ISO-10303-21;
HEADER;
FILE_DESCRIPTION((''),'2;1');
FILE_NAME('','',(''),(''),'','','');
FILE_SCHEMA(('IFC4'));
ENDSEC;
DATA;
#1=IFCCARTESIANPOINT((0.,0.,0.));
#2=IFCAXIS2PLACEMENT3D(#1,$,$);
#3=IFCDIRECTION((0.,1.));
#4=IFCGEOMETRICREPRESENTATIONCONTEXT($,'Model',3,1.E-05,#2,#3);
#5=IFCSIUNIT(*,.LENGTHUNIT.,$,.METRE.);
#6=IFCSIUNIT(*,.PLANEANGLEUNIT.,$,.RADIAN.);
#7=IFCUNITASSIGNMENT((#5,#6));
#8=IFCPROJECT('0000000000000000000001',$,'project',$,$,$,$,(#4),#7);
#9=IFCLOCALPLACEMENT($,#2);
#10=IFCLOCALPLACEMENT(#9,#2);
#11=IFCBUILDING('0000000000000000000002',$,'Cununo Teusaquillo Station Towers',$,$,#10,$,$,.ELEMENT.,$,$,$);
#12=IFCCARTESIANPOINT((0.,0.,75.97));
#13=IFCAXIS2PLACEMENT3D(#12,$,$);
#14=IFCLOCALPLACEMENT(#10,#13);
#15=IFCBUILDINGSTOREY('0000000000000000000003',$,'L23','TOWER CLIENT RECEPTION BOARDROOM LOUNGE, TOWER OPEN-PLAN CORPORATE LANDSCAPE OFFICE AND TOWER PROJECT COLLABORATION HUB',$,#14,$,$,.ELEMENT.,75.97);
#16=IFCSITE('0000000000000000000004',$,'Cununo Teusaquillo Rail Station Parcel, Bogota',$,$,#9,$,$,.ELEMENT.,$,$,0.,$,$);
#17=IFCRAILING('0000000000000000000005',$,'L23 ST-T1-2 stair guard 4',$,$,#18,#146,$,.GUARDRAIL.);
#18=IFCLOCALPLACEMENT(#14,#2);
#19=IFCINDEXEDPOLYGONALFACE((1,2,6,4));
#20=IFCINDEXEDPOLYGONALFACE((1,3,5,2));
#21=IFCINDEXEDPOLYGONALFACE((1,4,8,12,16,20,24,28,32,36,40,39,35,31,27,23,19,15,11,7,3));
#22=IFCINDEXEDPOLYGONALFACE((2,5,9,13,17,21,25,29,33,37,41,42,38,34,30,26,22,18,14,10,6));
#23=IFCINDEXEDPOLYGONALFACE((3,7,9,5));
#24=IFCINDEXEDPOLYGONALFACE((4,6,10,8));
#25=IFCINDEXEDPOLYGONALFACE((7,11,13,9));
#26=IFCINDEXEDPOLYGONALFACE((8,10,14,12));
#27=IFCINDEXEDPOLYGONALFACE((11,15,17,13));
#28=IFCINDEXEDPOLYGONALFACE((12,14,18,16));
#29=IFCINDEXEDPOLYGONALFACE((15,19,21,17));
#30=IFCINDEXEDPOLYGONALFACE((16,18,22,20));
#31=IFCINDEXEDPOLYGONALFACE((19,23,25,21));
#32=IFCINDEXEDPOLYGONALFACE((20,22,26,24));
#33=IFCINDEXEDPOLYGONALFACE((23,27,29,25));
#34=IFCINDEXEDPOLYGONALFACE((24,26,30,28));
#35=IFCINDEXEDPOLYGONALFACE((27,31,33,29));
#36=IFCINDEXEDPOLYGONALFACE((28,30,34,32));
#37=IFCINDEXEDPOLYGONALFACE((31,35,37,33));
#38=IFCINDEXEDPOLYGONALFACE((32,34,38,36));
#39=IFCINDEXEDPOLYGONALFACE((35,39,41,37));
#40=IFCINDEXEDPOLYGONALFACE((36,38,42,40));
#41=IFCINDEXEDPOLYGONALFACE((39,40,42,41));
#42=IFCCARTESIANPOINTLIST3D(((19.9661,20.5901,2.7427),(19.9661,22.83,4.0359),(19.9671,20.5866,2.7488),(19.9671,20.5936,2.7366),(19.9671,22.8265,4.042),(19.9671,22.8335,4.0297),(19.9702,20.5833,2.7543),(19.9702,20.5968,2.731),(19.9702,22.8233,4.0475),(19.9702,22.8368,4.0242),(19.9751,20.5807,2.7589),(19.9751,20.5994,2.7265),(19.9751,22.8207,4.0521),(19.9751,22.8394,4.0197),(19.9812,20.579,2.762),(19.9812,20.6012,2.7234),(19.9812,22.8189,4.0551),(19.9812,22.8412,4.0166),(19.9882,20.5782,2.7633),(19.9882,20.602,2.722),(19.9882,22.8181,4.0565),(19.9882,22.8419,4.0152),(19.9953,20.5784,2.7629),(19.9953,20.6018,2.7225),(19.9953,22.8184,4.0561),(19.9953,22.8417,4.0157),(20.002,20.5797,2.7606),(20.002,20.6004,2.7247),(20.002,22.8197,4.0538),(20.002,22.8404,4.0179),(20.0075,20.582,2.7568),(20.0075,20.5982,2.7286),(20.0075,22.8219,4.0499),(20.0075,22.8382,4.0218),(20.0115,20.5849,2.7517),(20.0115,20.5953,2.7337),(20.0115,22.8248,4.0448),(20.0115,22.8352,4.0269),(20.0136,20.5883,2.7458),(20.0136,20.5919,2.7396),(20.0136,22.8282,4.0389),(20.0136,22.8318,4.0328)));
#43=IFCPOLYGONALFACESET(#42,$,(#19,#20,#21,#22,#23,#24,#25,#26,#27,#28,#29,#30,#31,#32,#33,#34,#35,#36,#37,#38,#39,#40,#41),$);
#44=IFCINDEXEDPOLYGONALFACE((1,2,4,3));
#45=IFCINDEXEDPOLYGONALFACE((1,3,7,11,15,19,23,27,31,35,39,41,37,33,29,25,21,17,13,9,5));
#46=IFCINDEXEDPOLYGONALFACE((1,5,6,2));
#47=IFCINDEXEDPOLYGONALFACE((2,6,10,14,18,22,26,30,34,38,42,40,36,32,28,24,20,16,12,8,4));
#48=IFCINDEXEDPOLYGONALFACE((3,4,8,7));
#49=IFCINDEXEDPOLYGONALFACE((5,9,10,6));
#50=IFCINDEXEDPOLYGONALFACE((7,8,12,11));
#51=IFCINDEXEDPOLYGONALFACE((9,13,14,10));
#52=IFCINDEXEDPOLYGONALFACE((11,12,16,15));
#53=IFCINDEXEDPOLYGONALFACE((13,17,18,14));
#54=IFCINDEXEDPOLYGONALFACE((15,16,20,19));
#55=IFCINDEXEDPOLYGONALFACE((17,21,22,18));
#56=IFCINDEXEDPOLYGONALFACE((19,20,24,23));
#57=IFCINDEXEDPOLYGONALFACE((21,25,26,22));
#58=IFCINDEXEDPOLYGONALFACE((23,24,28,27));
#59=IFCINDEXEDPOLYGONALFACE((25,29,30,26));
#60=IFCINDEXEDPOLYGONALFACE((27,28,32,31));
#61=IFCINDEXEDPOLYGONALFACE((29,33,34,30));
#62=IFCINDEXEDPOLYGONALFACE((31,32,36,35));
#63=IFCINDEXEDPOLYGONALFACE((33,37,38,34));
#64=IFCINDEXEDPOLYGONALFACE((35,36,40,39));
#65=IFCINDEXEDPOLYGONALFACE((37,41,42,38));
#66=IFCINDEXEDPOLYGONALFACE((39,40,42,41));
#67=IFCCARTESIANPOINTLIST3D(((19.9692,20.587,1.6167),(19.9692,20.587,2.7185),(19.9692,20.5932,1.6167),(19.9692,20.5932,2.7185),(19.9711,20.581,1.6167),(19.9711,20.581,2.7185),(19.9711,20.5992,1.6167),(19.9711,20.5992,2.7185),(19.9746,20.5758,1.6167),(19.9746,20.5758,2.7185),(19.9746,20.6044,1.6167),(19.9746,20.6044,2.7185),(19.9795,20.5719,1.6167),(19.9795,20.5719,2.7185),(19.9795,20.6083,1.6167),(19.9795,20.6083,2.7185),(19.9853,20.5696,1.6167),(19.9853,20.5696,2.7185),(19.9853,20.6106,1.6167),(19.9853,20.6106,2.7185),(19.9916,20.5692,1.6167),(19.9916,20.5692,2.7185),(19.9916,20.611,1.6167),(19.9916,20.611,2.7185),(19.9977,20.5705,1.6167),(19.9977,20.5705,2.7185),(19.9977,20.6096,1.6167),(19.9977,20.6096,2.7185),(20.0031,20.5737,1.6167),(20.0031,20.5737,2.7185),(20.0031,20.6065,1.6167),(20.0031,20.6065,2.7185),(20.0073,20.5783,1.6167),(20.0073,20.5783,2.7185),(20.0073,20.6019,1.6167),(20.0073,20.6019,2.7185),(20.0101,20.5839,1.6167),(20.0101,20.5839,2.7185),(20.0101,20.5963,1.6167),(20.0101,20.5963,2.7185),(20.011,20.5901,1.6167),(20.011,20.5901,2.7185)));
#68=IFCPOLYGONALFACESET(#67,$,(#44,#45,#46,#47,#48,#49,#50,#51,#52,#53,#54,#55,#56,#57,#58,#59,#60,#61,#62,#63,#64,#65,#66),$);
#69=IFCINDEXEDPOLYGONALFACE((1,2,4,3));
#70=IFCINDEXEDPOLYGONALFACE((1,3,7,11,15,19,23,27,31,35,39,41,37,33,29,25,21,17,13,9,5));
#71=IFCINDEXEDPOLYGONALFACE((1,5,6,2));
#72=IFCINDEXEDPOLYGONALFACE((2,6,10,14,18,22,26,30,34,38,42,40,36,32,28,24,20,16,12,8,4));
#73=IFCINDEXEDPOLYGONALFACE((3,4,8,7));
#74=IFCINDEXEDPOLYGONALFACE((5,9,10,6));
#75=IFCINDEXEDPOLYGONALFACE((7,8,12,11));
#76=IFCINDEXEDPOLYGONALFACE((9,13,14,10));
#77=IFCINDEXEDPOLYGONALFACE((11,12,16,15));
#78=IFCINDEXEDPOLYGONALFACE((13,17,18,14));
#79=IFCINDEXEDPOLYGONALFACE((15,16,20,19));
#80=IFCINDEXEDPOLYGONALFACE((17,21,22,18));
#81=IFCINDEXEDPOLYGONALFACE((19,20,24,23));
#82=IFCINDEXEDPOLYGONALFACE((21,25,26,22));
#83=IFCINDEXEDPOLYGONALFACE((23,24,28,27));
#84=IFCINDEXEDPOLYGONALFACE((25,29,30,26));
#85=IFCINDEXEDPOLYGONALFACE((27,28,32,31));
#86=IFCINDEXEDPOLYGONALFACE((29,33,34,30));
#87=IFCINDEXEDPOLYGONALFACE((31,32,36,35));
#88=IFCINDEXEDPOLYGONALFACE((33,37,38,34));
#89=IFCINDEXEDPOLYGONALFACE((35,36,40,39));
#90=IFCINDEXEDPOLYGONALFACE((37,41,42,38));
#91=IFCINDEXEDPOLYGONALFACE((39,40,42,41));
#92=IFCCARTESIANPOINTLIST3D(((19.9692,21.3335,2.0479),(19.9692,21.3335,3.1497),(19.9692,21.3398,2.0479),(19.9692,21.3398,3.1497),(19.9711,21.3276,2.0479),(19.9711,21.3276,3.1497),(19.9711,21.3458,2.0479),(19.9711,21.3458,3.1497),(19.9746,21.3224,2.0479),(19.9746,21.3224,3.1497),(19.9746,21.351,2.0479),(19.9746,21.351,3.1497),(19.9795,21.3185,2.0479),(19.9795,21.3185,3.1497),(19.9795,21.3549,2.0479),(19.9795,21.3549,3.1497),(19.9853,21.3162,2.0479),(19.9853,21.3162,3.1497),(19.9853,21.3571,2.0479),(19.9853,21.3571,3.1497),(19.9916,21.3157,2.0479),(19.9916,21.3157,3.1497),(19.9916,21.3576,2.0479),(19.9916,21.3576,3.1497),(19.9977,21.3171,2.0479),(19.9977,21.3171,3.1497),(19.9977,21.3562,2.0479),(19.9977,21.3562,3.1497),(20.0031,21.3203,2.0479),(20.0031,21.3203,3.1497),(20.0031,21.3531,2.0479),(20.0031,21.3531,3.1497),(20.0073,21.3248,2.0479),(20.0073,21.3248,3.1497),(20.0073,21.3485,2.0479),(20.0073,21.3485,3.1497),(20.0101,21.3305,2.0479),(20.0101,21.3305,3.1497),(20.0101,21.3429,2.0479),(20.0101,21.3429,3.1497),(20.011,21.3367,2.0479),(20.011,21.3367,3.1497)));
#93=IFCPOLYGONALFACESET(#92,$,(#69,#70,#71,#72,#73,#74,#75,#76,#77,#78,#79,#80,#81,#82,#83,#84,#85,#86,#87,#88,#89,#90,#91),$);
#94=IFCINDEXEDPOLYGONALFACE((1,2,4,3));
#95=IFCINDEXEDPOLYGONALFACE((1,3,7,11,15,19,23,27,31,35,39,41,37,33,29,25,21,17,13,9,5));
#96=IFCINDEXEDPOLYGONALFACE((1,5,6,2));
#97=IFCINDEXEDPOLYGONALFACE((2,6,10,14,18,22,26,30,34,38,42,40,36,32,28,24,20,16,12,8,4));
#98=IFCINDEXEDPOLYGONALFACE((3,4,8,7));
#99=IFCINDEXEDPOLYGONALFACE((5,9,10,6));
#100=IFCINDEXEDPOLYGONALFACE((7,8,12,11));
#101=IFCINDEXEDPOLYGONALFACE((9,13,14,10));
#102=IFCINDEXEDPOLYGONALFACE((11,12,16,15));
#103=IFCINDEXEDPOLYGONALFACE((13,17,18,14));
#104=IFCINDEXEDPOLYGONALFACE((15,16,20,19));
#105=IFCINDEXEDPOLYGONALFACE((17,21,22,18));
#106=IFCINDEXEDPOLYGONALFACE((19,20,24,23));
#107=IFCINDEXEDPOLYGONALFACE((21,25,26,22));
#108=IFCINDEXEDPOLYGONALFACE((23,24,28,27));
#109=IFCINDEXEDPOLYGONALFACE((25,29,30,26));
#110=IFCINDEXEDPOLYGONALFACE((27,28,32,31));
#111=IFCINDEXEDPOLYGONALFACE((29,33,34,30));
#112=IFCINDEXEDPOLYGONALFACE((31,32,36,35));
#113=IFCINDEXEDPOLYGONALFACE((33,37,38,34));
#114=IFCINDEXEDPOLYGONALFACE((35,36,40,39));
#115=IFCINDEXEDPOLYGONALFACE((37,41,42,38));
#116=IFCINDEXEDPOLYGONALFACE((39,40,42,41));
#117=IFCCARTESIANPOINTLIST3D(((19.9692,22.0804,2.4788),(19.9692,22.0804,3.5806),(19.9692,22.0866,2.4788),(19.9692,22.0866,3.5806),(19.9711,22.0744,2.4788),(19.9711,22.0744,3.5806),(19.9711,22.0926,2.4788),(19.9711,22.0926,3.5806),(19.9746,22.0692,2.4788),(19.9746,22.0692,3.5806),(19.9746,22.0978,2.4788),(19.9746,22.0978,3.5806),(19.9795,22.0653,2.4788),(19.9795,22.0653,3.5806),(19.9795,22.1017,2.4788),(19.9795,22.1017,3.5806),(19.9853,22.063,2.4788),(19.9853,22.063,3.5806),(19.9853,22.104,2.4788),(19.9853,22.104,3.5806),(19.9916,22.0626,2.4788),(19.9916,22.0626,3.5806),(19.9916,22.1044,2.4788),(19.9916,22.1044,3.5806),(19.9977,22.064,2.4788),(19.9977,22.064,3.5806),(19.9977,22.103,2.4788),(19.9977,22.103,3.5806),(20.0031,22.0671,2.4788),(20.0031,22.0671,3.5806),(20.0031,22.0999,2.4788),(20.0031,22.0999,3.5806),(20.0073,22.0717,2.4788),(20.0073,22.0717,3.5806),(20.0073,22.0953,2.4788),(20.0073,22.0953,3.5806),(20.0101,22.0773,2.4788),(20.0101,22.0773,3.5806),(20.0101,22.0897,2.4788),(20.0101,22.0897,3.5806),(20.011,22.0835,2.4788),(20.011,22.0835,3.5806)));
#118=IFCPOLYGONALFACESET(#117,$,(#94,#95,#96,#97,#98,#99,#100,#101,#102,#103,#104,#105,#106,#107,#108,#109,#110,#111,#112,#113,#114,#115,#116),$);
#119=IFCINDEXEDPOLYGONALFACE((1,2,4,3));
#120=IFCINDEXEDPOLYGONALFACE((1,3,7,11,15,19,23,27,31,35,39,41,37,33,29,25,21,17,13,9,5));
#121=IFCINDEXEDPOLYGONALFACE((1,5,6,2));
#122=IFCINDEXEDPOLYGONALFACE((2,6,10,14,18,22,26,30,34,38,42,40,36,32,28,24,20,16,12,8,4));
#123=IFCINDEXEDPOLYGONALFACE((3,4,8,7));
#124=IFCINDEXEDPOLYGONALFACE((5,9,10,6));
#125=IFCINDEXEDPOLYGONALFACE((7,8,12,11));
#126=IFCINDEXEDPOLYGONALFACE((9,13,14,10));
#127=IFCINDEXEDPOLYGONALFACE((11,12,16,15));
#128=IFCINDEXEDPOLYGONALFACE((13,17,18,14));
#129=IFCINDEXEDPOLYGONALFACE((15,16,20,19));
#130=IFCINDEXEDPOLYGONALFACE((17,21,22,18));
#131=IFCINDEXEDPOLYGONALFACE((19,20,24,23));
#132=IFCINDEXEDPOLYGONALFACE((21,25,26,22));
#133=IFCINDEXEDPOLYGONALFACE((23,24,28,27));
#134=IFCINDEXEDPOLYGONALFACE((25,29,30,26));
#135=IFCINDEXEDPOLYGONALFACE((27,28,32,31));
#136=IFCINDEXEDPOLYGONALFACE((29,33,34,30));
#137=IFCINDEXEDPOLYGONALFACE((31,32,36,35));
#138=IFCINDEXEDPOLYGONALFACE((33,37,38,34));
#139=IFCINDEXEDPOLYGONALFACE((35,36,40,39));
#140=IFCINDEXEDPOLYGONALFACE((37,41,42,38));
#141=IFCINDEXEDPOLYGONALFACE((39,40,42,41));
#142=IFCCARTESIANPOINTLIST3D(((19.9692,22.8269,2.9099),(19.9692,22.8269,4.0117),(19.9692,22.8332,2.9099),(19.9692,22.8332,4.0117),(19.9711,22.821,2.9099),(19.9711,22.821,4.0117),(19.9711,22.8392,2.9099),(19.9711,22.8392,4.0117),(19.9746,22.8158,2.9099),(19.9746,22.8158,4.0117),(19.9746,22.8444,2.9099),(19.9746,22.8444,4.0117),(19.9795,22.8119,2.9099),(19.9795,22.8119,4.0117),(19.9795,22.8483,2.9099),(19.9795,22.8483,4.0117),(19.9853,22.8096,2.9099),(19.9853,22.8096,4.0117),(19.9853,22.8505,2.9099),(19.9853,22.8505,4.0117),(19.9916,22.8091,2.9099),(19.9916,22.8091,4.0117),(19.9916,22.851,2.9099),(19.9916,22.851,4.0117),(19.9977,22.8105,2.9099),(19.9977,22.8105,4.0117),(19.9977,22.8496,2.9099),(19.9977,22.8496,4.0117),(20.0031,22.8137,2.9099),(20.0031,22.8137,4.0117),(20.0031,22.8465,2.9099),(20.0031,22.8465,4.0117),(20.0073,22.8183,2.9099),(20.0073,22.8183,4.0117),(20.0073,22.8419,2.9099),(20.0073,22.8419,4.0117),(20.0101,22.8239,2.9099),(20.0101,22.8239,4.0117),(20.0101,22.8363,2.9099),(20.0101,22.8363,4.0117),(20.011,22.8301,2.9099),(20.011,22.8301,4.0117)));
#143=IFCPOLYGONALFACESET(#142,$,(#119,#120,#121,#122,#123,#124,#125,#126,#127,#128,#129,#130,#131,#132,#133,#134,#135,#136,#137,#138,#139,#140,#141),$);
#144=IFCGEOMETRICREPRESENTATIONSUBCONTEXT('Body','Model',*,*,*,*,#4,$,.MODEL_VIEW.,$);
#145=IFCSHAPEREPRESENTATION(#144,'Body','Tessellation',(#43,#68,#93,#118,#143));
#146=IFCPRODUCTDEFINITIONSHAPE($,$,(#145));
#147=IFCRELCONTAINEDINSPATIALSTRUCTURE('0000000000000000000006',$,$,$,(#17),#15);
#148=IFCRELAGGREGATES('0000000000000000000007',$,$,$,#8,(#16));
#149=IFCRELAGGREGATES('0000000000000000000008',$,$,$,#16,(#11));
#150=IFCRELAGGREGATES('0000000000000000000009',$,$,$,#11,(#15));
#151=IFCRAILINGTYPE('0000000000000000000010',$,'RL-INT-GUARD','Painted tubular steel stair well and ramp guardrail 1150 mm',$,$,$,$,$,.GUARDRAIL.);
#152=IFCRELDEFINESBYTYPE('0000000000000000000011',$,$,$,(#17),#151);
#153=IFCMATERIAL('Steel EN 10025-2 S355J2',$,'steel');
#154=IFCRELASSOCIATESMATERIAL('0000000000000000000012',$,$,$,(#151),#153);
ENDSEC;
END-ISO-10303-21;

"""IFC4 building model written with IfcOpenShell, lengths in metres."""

from ifc_helpers import new_model, si_unit, direction, frame, origin, origin_2d, place, context, subcontext, project, spatial, circle, extrude, material, type_object, element, save


model = new_model("IFC4")

# Units and contexts
model_context = context("Model", 3, precision=1e-05, world=origin(), true_north=direction((0.0, 1.0)))
body_context = subcontext(model_context, "Body", "Model", "MODEL_VIEW")
ifc_project = project(units=[si_unit("LENGTHUNIT", "METRE"), si_unit("PLANEANGLEUNIT", "RADIAN")], contexts=[model_context])

# Site, building, storey
site_placement = place(None, origin())
site = spatial("IfcSite", under=ifc_project, at=site_placement, Name="Cununo Teusaquillo Rail Station Parcel, Bogota", CompositionType="ELEMENT", RefElevation=0.0)
building_placement = place(site_placement, origin())
building = spatial("IfcBuilding", under=site, at=building_placement, Name="Cununo Teusaquillo Station Towers", CompositionType="ELEMENT")
storey_placement = place(building_placement, frame((0.0, 0.0, 75.97)))
storey = spatial("IfcBuildingStorey", under=building, at=storey_placement, Name="L23", Description="TOWER CLIENT RECEPTION BOARDROOM LOUNGE, TOWER OPEN-PLAN CORPORATE LANDSCAPE OFFICE AND TOWER PROJECT COLLABORATION HUB", CompositionType="ELEMENT", Elevation=75.97)

# Railing
ifc_material_1 = material(Name="Steel EN 10025-2 S355J2", Category="steel")
railing_type_1 = type_object("IfcRailingType", Name="RL-INT-GUARD", Description="Painted tubular steel stair well and ramp guardrail 1150 mm", PredefinedType="GUARDRAIL", material=ifc_material_1)
railing_1_placement = place(storey_placement, frame((19.99, 20.5901, 1.6167)))
element("IfcRailing", 1, at=railing_1_placement, inside=storey, type_object=railing_type_1, Name="L23 ST-T1-2 stair guard 4", PredefinedType="GUARDRAIL", context=body_context, shape_type="SweptSolid", body=[
    extrude(circle(Radius=0.0239, at=origin_2d()), frame((0.0, 0.0, 1.126), z_axis=(0.0, 0.866033, 0.499987), x_axis=(-1.0, 0.0, 0.0)), (0.0, 0.0, 1.0), 2.5864),
    extrude(circle(Radius=0.021, at=origin_2d()), origin(), (0.0, 0.0, 1.0), 1.1018),
    extrude(circle(Radius=0.021, at=origin_2d()), frame((0.0, 0.7466, 0.4312)), (0.0, 0.0, 1.0), 1.1018),
    extrude(circle(Radius=0.021, at=origin_2d()), frame((0.0, 1.4934, 0.8621)), (0.0, 0.0, 1.0), 1.1018),
    extrude(circle(Radius=0.021, at=origin_2d()), frame((0.0, 2.24, 1.2932)), (0.0, 0.0, 1.0), 1.1018),
])

save(model, "model.ifc")
